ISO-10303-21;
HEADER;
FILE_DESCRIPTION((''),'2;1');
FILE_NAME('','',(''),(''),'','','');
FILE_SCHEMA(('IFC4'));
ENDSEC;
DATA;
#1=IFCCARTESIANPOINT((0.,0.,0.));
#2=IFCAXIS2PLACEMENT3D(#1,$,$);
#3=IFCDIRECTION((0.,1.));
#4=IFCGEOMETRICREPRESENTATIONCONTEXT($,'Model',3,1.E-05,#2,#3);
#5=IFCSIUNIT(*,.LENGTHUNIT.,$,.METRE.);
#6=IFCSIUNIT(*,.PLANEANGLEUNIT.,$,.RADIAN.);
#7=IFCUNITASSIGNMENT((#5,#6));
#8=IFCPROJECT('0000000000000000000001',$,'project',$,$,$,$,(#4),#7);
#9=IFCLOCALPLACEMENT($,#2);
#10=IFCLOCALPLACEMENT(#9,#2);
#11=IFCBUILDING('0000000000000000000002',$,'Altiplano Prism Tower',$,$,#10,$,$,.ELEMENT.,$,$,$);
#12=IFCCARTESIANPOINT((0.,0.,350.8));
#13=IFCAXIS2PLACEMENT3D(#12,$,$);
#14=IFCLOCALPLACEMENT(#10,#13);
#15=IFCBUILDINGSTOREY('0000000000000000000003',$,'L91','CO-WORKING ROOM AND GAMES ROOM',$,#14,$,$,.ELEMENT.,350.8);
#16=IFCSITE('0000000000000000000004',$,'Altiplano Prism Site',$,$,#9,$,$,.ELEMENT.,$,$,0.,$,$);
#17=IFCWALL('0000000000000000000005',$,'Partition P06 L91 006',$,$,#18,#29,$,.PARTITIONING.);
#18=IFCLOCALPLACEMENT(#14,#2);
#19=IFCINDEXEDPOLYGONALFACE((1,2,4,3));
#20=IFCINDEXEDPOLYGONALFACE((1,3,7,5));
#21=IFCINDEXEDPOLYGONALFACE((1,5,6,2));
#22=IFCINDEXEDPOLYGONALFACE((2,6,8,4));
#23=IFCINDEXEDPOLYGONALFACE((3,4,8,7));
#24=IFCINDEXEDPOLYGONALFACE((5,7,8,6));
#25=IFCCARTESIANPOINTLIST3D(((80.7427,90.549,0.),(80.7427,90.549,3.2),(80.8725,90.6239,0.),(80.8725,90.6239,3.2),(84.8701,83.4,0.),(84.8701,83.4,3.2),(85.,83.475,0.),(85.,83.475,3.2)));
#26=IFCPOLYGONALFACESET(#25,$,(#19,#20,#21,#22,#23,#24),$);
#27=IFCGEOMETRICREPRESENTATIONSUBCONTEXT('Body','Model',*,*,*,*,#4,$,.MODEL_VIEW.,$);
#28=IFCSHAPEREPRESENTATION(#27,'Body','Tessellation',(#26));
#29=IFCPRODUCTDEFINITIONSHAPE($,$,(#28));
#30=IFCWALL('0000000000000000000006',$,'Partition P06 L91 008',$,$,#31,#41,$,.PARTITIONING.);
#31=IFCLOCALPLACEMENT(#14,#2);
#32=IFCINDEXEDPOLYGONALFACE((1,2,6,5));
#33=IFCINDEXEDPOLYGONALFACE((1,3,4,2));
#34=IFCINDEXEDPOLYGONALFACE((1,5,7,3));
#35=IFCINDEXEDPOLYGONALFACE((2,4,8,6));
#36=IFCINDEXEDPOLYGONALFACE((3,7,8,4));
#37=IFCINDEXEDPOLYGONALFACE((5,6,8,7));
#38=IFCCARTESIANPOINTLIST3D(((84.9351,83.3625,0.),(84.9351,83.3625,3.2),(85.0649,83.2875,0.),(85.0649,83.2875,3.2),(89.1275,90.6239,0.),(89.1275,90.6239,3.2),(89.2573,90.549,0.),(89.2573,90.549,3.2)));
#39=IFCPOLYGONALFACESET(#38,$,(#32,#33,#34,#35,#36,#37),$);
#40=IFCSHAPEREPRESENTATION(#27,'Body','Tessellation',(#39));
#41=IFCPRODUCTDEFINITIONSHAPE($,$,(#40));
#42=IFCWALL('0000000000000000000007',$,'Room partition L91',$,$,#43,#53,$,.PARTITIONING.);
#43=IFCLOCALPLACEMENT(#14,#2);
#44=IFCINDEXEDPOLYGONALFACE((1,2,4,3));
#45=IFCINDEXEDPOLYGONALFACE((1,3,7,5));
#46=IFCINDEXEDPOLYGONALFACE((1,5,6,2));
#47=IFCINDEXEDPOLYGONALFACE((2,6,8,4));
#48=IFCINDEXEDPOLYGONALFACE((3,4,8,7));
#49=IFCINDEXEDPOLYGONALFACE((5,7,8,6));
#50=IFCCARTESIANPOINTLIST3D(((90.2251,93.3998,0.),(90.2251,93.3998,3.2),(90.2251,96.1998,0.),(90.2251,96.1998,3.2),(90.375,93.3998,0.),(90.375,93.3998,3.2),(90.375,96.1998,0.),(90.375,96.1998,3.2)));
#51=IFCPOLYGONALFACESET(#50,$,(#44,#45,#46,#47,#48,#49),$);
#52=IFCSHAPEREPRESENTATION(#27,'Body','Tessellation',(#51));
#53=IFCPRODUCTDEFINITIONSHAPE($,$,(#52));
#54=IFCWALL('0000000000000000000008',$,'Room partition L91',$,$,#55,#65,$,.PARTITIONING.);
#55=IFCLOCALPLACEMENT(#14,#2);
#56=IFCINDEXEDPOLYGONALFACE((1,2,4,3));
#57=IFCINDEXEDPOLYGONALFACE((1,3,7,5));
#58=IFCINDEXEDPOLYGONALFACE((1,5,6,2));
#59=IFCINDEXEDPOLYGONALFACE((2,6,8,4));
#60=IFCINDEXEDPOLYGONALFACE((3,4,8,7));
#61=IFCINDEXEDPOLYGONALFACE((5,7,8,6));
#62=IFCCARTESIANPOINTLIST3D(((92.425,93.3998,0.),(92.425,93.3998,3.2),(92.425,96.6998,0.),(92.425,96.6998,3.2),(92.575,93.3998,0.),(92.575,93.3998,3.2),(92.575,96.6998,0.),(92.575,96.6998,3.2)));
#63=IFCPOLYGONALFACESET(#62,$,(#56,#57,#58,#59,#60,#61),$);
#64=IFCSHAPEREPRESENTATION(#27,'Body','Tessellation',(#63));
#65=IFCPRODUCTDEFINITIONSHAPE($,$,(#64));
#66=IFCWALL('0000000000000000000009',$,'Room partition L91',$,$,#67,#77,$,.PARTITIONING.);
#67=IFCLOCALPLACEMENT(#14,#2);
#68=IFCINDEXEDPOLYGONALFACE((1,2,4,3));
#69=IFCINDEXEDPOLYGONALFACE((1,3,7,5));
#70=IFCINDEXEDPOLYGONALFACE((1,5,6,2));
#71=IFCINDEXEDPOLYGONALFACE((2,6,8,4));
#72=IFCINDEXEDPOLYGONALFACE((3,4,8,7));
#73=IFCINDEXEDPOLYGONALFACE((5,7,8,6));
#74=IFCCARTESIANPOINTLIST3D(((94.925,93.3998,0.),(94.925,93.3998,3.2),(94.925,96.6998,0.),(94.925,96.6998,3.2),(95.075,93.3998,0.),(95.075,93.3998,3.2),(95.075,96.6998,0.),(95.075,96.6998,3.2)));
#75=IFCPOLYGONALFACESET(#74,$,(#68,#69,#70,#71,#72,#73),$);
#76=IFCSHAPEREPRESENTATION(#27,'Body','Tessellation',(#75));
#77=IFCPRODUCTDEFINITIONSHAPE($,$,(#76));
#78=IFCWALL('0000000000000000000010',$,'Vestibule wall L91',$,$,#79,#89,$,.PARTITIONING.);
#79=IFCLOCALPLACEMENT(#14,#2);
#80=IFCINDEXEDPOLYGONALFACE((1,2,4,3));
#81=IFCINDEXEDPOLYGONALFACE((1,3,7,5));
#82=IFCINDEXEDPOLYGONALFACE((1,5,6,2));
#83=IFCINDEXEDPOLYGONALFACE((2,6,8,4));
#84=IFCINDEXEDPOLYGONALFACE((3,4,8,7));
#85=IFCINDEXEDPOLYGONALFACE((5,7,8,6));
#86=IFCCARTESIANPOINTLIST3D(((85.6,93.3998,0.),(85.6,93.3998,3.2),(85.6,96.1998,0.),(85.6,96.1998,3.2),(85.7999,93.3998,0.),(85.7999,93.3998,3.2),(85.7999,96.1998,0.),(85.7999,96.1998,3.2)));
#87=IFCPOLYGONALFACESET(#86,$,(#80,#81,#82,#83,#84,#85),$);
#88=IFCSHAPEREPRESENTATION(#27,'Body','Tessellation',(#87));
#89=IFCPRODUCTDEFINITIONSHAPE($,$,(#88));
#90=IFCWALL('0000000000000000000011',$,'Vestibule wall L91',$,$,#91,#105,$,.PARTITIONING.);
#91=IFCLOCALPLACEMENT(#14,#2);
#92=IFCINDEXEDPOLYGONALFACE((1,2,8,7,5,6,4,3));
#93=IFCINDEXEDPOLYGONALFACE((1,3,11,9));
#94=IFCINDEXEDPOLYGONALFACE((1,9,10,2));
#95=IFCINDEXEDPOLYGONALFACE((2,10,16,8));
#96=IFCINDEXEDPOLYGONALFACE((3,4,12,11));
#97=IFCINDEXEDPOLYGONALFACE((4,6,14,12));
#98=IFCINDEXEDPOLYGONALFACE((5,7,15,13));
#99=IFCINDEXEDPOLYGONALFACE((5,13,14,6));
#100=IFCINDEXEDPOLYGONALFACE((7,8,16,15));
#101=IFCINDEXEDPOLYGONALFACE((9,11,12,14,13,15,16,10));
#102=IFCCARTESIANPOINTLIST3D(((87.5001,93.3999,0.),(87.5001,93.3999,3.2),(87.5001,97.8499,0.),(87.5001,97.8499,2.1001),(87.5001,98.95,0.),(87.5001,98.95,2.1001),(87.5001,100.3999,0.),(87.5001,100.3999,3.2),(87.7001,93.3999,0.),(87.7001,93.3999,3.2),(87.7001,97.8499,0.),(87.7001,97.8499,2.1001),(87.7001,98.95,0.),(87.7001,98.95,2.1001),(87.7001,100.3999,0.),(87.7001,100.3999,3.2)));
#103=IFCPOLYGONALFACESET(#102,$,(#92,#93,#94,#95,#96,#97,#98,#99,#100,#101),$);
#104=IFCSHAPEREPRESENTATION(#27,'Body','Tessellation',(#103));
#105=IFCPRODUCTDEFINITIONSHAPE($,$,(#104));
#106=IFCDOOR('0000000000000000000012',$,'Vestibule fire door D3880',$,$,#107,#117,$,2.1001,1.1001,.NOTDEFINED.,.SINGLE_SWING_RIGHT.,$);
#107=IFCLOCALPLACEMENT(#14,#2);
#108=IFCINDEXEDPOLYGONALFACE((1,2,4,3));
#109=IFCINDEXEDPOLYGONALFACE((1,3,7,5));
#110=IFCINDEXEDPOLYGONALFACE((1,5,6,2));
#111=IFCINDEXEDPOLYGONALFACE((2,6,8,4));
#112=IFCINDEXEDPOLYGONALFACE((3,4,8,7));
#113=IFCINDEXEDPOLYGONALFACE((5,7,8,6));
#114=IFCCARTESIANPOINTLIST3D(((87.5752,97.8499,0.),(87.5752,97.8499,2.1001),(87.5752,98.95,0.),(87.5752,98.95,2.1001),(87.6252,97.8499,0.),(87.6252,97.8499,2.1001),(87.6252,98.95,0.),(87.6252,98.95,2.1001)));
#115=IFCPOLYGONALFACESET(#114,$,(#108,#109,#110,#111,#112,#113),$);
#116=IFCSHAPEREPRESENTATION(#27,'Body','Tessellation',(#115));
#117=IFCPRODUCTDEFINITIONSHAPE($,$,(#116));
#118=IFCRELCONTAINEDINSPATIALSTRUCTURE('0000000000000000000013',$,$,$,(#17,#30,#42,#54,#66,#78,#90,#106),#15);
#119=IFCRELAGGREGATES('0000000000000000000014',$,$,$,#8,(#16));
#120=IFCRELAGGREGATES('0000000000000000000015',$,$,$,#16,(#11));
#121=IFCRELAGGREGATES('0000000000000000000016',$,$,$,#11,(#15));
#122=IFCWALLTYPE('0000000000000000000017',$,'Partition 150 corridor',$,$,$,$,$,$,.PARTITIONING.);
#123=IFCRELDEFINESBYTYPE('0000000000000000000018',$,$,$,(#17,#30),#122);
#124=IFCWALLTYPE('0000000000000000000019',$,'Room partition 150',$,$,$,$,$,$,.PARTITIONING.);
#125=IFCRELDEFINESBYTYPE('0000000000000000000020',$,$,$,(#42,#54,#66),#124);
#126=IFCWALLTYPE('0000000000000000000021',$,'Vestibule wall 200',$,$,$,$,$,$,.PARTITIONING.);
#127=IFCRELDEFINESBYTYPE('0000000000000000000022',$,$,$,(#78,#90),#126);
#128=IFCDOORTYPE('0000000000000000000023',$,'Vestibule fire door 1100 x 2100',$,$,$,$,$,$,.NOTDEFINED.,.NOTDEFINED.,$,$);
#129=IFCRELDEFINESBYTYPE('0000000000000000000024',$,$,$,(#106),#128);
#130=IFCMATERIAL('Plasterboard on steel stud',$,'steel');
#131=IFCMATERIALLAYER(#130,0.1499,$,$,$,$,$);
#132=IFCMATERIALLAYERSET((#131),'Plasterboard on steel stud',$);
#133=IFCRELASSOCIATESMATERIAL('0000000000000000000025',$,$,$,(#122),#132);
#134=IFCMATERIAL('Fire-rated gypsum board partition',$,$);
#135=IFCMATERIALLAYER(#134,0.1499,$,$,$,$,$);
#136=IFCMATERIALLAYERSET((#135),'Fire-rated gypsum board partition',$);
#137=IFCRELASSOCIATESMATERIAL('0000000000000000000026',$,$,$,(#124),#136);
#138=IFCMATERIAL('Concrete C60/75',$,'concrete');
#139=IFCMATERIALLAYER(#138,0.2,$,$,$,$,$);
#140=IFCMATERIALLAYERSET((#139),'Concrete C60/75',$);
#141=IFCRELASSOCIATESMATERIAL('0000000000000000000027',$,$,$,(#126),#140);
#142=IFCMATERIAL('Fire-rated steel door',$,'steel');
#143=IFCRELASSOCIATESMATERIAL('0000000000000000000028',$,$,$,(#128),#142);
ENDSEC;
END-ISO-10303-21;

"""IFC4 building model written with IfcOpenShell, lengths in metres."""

from ifc_helpers import new_model, si_unit, direction, frame, frame_2d, origin, place, context, subcontext, project, spatial, rectangle, extrude, material, layer, layer_set, type_object, element, fill, save


model = new_model("IFC4")

# Units and contexts
model_context = context("Model", 3, precision=1e-05, world=origin(), true_north=direction((0.0, 1.0)))
body_context = subcontext(model_context, "Body", "Model", "MODEL_VIEW")
ifc_project = project(units=[si_unit("LENGTHUNIT", "METRE"), si_unit("PLANEANGLEUNIT", "RADIAN")], contexts=[model_context])

# Site, building, storey
site_placement = place(None, origin())
site = spatial("IfcSite", under=ifc_project, at=site_placement, Name="Altiplano Prism Site", CompositionType="ELEMENT", RefElevation=0.0)
building_placement = place(site_placement, origin())
building = spatial("IfcBuilding", under=site, at=building_placement, Name="Altiplano Prism Tower", CompositionType="ELEMENT")
storey_placement = place(building_placement, frame((0.0, 0.0, 350.8)))
storey = spatial("IfcBuildingStorey", under=building, at=storey_placement, Name="L91", Description="CO-WORKING ROOM AND GAMES ROOM", CompositionType="ELEMENT", Elevation=350.8)

# Shared definitions
ifc_material_1 = material(Name="Concrete C60/75", Category="concrete")

# Shared definitions
ifc_material_2 = material(Name="Plasterboard on steel stud", Category="steel")
ifc_layer_1 = layer(ifc_material_2, 0.1499)
ifc_layer_set_1 = layer_set([ifc_layer_1], Name="Plasterboard on steel stud")
wall_type_1 = type_object("IfcWallType", Name="Partition 150 corridor", PredefinedType="PARTITIONING", material=ifc_layer_set_1)

# Walls
wall_1_placement = place(storey_placement, frame((84.9351, 83.4375, 0.0), z_axis=(0.0, 0.0, 1.0), x_axis=(-0.500001, 0.866025, 0.0)))
element("IfcWall", 1, at=wall_1_placement, inside=storey, type_object=wall_type_1, Name="Partition P06 L91 006", PredefinedType="PARTITIONING", context=body_context, shape_type="SweptSolid", body=[
    extrude(rectangle(XDim=8.2549, YDim=0.1499, at=frame_2d((4.1274, 0.0))), origin(), (0.0, 0.0, 1.0), 3.2),
])
wall_2_placement = place(storey_placement, frame((89.1924, 90.5864, 0.0), z_axis=(0.0, 0.0, 1.0), x_axis=(-0.499997, -0.866027, 0.0)))
element("IfcWall", 2, at=wall_2_placement, inside=storey, type_object=wall_type_1, Name="Partition P06 L91 008", PredefinedType="PARTITIONING", context=body_context, shape_type="SweptSolid", body=[
    extrude(rectangle(XDim=8.3848, YDim=0.1499, at=frame_2d((4.1924, 0.0))), origin(), (0.0, 0.0, 1.0), 3.2),
])
ifc_material_3 = material(Name="Fire-rated gypsum board partition")
ifc_layer_2 = layer(ifc_material_3, 0.1499)
ifc_layer_set_2 = layer_set([ifc_layer_2], Name="Fire-rated gypsum board partition")
wall_type_2 = type_object("IfcWallType", Name="Room partition 150", PredefinedType="PARTITIONING", material=ifc_layer_set_2)
wall_3_placement = place(storey_placement, frame((90.3, 93.3999, 0.0), z_axis=(0.0, 0.0, 1.0), x_axis=(0.0, 1.0, 0.0)))
element("IfcWall", 3, at=wall_3_placement, inside=storey, type_object=wall_type_2, Name="Room partition L91", PredefinedType="PARTITIONING", context=body_context, shape_type="SweptSolid", body=[
    extrude(rectangle(XDim=2.8, YDim=0.1499, at=frame_2d((1.3999, 0.0))), origin(), (0.0, 0.0, 1.0), 3.2),
])
for number, where, z_axis, x_axis, name in (
    (4, (92.5, 93.3999, 0.0), (0.0, 0.0, 1.0), (0.0, 1.0, 0.0), "Room partition L91"),
    (5, (95.0, 93.3999, 0.0), (0.0, 0.0, 1.0), (0.0, 1.0, 0.0), "Room partition L91"),
):
    element("IfcWall", number, at=place(storey_placement, frame(where, z_axis=z_axis, x_axis=x_axis)), inside=storey, type_object=wall_type_2, Name=name, PredefinedType="PARTITIONING", context=body_context, shape_type="SweptSolid", body=[
        extrude(rectangle(XDim=3.3, YDim=0.1499, at=frame_2d((1.6499, 0.0))), origin(), (0.0, 0.0, 1.0), 3.2),
    ])
ifc_layer_3 = layer(ifc_material_1, 0.2)
ifc_layer_set_3 = layer_set([ifc_layer_3], Name="Concrete C60/75")
wall_type_3 = type_object("IfcWallType", Name="Vestibule wall 200", PredefinedType="PARTITIONING", material=ifc_layer_set_3)
wall_4_placement = place(storey_placement, frame((85.7, 93.3999, 0.0), z_axis=(0.0, 0.0, 1.0), x_axis=(0.0, 1.0, 0.0)))
element("IfcWall", 6, at=wall_4_placement, inside=storey, type_object=wall_type_3, Name="Vestibule wall L91", PredefinedType="PARTITIONING", context=body_context, shape_type="SweptSolid", body=[
    extrude(rectangle(XDim=2.8, YDim=0.2, at=frame_2d((1.3999, 0.0))), origin(), (0.0, 0.0, 1.0), 3.2),
])

# Wall, opening, door
wall_5_placement = place(storey_placement, frame((87.6001, 93.3999, 0.0), z_axis=(0.0, 0.0, 1.0), x_axis=(0.0, 1.0, 0.0)))
wall_5 = element("IfcWall", 7, at=wall_5_placement, inside=storey, type_object=wall_type_3, Name="Vestibule wall L91", PredefinedType="PARTITIONING", context=body_context, shape_type="SweptSolid", body=[
    extrude(rectangle(XDim=7.0, YDim=0.2, at=frame_2d((3.5, 0.0))), origin(), (0.0, 0.0, 1.0), 3.2),
])
opening_1_placement = place(wall_5_placement, frame((4.45, 0.0, 0.0)))
opening_1 = element("IfcOpeningElement", 8, at=opening_1_placement, cuts=wall_5, PredefinedType="OPENING", context=body_context, shape_type="SweptSolid", body=[
    extrude(rectangle(XDim=1.1001, YDim=2.1001, at=frame_2d((0.55, 1.05))), frame((0.0, 0.1104, 0.0), z_axis=(0.0, -1.0, 0.0), x_axis=(1.0, 0.0, 0.0)), (0.0, 0.0, 1.0), 0.2209),
])
ifc_material_4 = material(Name="Fire-rated steel door", Category="steel")
door_type_1 = type_object("IfcDoorType", Name="Vestibule fire door 1100 x 2100", OperationType="NOTDEFINED", PredefinedType="NOTDEFINED", material=ifc_material_4)
door_1_placement = place(opening_1_placement, origin())
door_1 = element("IfcDoor", 9, at=door_1_placement, inside=storey, type_object=door_type_1, Name="Vestibule fire door D3880", OperationType="SINGLE_SWING_RIGHT", OverallHeight=2.1001, OverallWidth=1.1001, PredefinedType="NOTDEFINED", context=body_context, shape_type="SweptSolid", body=[
    extrude(rectangle(XDim=1.1001, YDim=2.1001, at=frame_2d((0.55, 1.05))), frame((0.0, 0.0249, 0.0), z_axis=(0.0, -1.0, 0.0), x_axis=(1.0, 0.0, 0.0)), (0.0, 0.0, 1.0), 0.05),
])
fill(opening_1, door_1)

save(model, "model.ifc")
